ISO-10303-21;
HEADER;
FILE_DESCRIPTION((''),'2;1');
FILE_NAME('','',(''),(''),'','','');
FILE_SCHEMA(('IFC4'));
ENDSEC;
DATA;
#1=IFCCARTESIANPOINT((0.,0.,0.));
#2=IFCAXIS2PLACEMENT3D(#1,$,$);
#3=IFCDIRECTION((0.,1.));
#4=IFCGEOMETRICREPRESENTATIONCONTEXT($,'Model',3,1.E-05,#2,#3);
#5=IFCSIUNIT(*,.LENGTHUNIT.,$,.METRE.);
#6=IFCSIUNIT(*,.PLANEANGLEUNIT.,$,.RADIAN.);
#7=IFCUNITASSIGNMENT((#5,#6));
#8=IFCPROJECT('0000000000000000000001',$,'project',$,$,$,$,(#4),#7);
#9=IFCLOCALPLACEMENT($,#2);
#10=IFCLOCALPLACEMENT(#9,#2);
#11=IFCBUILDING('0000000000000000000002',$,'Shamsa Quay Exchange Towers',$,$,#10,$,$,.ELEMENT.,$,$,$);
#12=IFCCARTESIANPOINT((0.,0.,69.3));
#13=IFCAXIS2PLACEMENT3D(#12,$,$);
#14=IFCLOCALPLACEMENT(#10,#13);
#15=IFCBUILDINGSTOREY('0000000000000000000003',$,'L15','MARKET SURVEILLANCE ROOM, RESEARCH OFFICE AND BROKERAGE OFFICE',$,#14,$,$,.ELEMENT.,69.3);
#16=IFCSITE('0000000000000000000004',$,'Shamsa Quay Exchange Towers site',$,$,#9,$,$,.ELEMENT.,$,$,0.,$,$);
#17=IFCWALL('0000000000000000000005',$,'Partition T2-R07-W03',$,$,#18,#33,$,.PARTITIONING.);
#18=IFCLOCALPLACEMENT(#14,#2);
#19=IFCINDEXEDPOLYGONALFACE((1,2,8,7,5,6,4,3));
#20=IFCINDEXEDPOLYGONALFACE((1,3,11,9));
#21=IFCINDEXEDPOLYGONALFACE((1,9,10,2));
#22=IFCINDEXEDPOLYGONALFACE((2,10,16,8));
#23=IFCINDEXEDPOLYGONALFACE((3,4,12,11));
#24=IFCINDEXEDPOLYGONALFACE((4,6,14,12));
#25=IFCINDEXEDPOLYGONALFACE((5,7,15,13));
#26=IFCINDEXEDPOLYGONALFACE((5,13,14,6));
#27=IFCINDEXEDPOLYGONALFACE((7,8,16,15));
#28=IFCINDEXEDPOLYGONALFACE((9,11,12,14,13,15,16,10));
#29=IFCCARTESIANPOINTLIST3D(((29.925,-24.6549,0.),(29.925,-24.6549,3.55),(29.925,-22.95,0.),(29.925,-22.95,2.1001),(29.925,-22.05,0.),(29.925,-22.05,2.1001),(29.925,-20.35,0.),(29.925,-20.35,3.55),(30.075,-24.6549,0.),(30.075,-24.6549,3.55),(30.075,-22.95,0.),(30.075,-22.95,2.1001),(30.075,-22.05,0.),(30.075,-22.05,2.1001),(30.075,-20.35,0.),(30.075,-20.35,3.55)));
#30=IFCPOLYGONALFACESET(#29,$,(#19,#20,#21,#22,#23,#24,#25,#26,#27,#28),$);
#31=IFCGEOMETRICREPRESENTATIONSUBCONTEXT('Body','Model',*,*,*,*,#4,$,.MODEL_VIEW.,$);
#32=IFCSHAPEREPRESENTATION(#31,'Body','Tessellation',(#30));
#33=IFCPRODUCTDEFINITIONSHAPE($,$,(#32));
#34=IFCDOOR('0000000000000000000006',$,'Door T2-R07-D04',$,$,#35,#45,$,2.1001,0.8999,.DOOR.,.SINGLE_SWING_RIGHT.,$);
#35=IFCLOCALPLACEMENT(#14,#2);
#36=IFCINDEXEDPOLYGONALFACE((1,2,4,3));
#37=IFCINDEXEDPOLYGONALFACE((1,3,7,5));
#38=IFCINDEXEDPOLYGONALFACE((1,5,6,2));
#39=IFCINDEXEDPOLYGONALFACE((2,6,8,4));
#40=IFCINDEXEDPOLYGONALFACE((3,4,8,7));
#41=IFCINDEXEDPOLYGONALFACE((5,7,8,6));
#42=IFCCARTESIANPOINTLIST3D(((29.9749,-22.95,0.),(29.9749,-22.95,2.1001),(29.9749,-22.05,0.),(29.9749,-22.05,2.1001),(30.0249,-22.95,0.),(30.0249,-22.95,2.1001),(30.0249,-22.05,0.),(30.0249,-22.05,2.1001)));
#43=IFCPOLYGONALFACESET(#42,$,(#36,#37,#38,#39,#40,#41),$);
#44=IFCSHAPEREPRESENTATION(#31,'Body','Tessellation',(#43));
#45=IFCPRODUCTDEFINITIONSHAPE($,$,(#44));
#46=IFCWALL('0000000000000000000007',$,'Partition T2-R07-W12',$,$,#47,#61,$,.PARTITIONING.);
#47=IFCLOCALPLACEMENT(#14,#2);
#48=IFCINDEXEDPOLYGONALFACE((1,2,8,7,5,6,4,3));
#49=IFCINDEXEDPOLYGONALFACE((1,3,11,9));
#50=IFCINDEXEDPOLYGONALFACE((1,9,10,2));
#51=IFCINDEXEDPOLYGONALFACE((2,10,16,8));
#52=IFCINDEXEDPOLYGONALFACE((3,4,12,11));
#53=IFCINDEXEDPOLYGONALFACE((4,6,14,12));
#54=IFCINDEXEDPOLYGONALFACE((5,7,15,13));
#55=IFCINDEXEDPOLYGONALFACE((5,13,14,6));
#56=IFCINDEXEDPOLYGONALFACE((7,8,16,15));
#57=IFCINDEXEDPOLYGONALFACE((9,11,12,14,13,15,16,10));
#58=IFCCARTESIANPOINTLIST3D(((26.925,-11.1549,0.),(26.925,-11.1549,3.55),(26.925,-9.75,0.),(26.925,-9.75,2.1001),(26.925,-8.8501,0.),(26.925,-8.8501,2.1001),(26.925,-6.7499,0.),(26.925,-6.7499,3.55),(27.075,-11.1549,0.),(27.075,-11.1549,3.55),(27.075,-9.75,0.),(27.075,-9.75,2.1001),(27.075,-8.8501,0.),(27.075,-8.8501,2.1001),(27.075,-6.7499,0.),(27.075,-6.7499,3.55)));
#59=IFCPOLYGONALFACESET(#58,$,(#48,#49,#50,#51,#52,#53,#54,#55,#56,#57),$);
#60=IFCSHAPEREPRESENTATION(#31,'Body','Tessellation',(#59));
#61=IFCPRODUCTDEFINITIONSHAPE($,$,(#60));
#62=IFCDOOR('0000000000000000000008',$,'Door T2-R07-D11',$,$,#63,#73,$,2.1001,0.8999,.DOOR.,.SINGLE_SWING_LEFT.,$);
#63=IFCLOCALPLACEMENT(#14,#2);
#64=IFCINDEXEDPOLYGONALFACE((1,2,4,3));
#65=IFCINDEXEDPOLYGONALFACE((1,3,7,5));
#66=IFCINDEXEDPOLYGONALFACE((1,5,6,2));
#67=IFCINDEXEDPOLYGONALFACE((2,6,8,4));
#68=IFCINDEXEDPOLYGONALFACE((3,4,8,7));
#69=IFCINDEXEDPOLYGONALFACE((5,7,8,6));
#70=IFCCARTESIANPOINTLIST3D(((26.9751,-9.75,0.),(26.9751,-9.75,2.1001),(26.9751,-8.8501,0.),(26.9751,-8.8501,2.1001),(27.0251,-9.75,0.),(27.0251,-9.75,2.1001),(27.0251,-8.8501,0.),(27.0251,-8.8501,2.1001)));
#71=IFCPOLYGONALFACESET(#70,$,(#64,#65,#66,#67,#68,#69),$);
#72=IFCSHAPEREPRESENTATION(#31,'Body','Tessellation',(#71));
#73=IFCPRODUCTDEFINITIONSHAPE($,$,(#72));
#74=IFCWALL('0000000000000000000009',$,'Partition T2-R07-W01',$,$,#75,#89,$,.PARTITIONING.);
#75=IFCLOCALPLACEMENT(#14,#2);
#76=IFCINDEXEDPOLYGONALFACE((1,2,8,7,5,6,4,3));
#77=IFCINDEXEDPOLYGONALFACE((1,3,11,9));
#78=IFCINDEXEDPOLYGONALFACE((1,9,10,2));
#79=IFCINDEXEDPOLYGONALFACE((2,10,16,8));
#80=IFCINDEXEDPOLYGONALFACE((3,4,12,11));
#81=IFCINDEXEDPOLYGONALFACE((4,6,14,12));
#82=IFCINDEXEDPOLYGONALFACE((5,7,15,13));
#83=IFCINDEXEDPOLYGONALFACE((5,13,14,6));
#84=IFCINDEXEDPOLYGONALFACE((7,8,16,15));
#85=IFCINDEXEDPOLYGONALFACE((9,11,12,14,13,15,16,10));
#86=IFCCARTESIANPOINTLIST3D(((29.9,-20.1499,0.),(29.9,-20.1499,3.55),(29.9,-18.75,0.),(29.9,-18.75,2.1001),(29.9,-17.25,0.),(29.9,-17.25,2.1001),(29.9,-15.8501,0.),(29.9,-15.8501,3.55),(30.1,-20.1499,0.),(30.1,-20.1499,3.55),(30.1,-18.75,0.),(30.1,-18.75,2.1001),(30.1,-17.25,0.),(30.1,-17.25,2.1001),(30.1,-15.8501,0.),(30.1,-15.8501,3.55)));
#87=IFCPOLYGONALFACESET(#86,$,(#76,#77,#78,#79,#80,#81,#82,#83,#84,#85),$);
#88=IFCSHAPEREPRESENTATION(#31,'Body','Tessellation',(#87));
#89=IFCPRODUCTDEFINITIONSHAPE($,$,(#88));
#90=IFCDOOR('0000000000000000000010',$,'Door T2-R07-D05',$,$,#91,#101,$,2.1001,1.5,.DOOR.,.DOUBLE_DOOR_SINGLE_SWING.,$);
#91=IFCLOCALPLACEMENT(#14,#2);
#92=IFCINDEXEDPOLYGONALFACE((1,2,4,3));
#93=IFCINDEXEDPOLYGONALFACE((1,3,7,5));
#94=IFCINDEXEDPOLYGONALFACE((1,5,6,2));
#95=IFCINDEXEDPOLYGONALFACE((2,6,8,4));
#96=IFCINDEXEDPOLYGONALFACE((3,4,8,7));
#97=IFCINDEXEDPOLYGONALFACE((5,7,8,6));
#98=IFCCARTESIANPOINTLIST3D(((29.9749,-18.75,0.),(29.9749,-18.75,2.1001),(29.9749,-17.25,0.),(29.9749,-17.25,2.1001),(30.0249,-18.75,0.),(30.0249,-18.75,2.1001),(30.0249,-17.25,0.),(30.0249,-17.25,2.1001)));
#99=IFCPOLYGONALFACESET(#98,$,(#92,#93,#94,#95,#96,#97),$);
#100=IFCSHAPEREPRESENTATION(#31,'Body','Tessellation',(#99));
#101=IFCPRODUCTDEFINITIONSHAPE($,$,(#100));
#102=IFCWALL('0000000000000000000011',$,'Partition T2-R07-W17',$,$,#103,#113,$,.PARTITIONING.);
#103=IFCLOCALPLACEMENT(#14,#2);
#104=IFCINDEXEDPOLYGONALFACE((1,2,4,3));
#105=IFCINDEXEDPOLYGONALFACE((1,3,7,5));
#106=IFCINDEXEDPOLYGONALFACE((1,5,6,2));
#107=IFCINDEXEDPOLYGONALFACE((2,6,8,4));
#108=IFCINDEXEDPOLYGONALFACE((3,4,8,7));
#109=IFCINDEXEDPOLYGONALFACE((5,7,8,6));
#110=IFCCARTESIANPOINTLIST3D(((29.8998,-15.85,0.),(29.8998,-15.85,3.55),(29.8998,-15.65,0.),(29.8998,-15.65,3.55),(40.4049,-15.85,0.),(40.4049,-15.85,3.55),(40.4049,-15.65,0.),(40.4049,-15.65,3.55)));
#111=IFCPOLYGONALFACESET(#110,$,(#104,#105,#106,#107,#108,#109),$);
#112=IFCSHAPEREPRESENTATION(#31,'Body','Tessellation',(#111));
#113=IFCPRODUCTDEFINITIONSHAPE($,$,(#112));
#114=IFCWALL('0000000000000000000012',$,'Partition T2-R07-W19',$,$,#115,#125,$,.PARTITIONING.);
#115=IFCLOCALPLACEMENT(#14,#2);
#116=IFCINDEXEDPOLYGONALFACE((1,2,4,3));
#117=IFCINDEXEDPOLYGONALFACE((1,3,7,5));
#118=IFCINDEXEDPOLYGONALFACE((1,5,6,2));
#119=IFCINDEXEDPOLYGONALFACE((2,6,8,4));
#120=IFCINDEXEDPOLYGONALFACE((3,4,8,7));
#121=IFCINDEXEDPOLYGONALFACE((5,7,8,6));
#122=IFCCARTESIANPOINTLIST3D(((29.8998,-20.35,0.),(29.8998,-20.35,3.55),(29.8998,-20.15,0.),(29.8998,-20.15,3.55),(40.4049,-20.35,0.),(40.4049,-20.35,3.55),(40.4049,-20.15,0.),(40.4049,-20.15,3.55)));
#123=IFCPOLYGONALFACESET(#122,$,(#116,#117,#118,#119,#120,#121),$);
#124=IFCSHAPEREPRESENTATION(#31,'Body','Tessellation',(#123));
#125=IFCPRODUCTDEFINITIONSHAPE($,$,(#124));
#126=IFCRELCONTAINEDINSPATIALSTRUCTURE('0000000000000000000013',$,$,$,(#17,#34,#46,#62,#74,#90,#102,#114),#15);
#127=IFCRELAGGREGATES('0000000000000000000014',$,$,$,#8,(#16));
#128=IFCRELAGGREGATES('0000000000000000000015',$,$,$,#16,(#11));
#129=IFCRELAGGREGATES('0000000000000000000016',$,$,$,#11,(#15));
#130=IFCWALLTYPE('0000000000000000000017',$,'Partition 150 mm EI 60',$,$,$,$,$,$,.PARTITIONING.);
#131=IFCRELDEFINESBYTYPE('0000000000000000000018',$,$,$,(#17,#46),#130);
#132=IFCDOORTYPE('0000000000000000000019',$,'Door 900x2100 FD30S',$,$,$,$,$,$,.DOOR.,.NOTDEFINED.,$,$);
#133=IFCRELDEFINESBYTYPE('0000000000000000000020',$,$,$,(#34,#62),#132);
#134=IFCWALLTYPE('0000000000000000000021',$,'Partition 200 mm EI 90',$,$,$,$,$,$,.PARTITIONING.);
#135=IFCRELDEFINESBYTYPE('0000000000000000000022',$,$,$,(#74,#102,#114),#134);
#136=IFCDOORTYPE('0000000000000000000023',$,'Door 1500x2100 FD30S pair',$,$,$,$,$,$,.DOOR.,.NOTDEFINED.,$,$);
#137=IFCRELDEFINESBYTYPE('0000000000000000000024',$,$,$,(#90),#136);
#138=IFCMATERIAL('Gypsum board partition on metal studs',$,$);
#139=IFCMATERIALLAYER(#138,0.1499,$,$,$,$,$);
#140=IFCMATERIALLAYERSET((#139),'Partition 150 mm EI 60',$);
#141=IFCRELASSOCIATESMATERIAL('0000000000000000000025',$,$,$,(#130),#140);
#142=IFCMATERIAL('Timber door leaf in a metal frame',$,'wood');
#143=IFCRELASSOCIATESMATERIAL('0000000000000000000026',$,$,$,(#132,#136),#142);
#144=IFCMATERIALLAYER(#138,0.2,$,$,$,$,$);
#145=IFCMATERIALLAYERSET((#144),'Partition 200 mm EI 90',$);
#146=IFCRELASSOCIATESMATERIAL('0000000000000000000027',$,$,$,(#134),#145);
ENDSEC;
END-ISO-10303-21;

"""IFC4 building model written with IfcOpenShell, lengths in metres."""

from ifc_helpers import new_model, si_unit, direction, frame, frame_2d, origin, place, context, subcontext, project, spatial, rectangle, extrude, material, layer, layer_set, type_object, element, fill, save


model = new_model("IFC4")

# Units and contexts
model_context = context("Model", 3, precision=1e-05, world=origin(), true_north=direction((0.0, 1.0)))
body_context = subcontext(model_context, "Body", "Model", "MODEL_VIEW")
ifc_project = project(units=[si_unit("LENGTHUNIT", "METRE"), si_unit("PLANEANGLEUNIT", "RADIAN")], contexts=[model_context])

# Site, building, storey
site_placement = place(None, origin())
site = spatial("IfcSite", under=ifc_project, at=site_placement, Name="Shamsa Quay Exchange Towers site", CompositionType="ELEMENT", RefElevation=0.0)
building_placement = place(site_placement, origin())
building = spatial("IfcBuilding", under=site, at=building_placement, Name="Shamsa Quay Exchange Towers", CompositionType="ELEMENT")
storey_placement = place(building_placement, frame((0.0, 0.0, 69.3)))
storey = spatial("IfcBuildingStorey", under=building, at=storey_placement, Name="L15", Description="MARKET SURVEILLANCE ROOM, RESEARCH OFFICE AND BROKERAGE OFFICE", CompositionType="ELEMENT", Elevation=69.3)

# Walls, openings, doors
ifc_material_1 = material(Name="Gypsum board partition on metal studs")
ifc_layer_1 = layer(ifc_material_1, 0.1499)
ifc_layer_set_1 = layer_set([ifc_layer_1], Name="Partition 150 mm EI 60")
wall_type_1 = type_object("IfcWallType", Name="Partition 150 mm EI 60", PredefinedType="PARTITIONING", material=ifc_layer_set_1)
wall_1_placement = place(storey_placement, frame((30.0, -20.3501, 0.0), z_axis=(0.0, 0.0, 1.0), x_axis=(0.0, -1.0, 0.0)))
wall_1 = element("IfcWall", 1, at=wall_1_placement, inside=storey, type_object=wall_type_1, Name="Partition T2-R07-W03", PredefinedType="PARTITIONING", context=body_context, shape_type="SweptSolid", body=[
    extrude(rectangle(XDim=4.3049, YDim=0.1499, at=frame_2d((2.1523, 0.0))), origin(), (0.0, 0.0, 1.0), 3.55),
])
opening_1_placement = place(wall_1_placement, frame((1.7, 0.0, 0.0)))
opening_1 = element("IfcOpeningElement", 2, at=opening_1_placement, cuts=wall_1, PredefinedType="OPENING", context=body_context, shape_type="SweptSolid", body=[
    extrude(rectangle(XDim=0.8999, YDim=2.1001, at=frame_2d((0.45, 1.05))), frame((0.0, 0.085, 0.0), z_axis=(0.0, -1.0, 0.0), x_axis=(1.0, 0.0, 0.0)), (0.0, 0.0, 1.0), 0.1699),
])
ifc_material_2 = material(Name="Timber door leaf in a metal frame", Category="wood")
door_type_1 = type_object("IfcDoorType", Name="Door 900x2100 FD30S", OperationType="NOTDEFINED", PredefinedType="DOOR", material=ifc_material_2)
door_1_placement = place(opening_1_placement, origin())
door_1 = element("IfcDoor", 3, at=door_1_placement, inside=storey, type_object=door_type_1, Name="Door T2-R07-D04", OperationType="SINGLE_SWING_RIGHT", OverallHeight=2.1001, OverallWidth=0.8999, PredefinedType="DOOR", context=body_context, shape_type="SweptSolid", body=[
    extrude(rectangle(XDim=0.8999, YDim=2.1001, at=frame_2d((0.45, 1.05))), frame((0.0, 0.0249, 0.0), z_axis=(0.0, -1.0, 0.0), x_axis=(1.0, 0.0, 0.0)), (0.0, 0.0, 1.0), 0.05),
])
fill(opening_1, door_1)
wall_2_placement = place(storey_placement, frame((27.0, -11.155, 0.0), z_axis=(0.0, 0.0, 1.0), x_axis=(0.0, 1.0, 0.0)))
wall_2 = element("IfcWall", 4, at=wall_2_placement, inside=storey, type_object=wall_type_1, Name="Partition T2-R07-W12", PredefinedType="PARTITIONING", context=body_context, shape_type="SweptSolid", body=[
    extrude(rectangle(XDim=4.405, YDim=0.1499, at=frame_2d((2.2026, 0.0))), origin(), (0.0, 0.0, 1.0), 3.55),
])
opening_2_placement = place(wall_2_placement, frame((1.405, 0.0, 0.0)))
opening_2 = element("IfcOpeningElement", 5, at=opening_2_placement, cuts=wall_2, PredefinedType="OPENING", context=body_context, shape_type="SweptSolid", body=[
    extrude(rectangle(XDim=0.8999, YDim=2.1001, at=frame_2d((0.45, 1.05))), frame((0.0, 0.085, 0.0), z_axis=(0.0, -1.0, 0.0), x_axis=(1.0, 0.0, 0.0)), (0.0, 0.0, 1.0), 0.1699),
])
door_2_placement = place(opening_2_placement, origin())
door_2 = element("IfcDoor", 6, at=door_2_placement, inside=storey, type_object=door_type_1, Name="Door T2-R07-D11", OperationType="SINGLE_SWING_LEFT", OverallHeight=2.1001, OverallWidth=0.8999, PredefinedType="DOOR", context=body_context, shape_type="SweptSolid", body=[
    extrude(rectangle(XDim=0.8999, YDim=2.1001, at=frame_2d((0.45, 1.05))), frame((0.0, 0.0249, 0.0), z_axis=(0.0, -1.0, 0.0), x_axis=(1.0, 0.0, 0.0)), (0.0, 0.0, 1.0), 0.05),
])
fill(opening_2, door_2)
ifc_layer_2 = layer(ifc_material_1, 0.2)
ifc_layer_set_2 = layer_set([ifc_layer_2], Name="Partition 200 mm EI 90")
wall_type_2 = type_object("IfcWallType", Name="Partition 200 mm EI 90", PredefinedType="PARTITIONING", material=ifc_layer_set_2)
wall_3_placement = place(storey_placement, frame((30.0, -15.8501, 0.0), z_axis=(0.0, 0.0, 1.0), x_axis=(0.0, -1.0, 0.0)))
wall_3 = element("IfcWall", 7, at=wall_3_placement, inside=storey, type_object=wall_type_2, Name="Partition T2-R07-W01", PredefinedType="PARTITIONING", context=body_context, shape_type="SweptSolid", body=[
    extrude(rectangle(XDim=4.2998, YDim=0.2, at=frame_2d((2.1499, 0.0))), origin(), (0.0, 0.0, 1.0), 3.55),
])
opening_3_placement = place(wall_3_placement, frame((1.3999, 0.0, 0.0)))
opening_3 = element("IfcOpeningElement", 8, at=opening_3_placement, cuts=wall_3, PredefinedType="OPENING", context=body_context, shape_type="SweptSolid", body=[
    extrude(rectangle(XDim=1.5, YDim=2.1001, at=frame_2d((0.75, 1.05))), frame((0.0, 0.1099, 0.0), z_axis=(0.0, -1.0, 0.0), x_axis=(1.0, 0.0, 0.0)), (0.0, 0.0, 1.0), 0.22),
])
door_type_2 = type_object("IfcDoorType", Name="Door 1500x2100 FD30S pair", OperationType="NOTDEFINED", PredefinedType="DOOR", material=ifc_material_2)
door_3_placement = place(opening_3_placement, origin())
door_3 = element("IfcDoor", 9, at=door_3_placement, inside=storey, type_object=door_type_2, Name="Door T2-R07-D05", OperationType="DOUBLE_DOOR_SINGLE_SWING", OverallHeight=2.1001, OverallWidth=1.5, PredefinedType="DOOR", context=body_context, shape_type="SweptSolid", body=[
    extrude(rectangle(XDim=1.5, YDim=2.1001, at=frame_2d((0.75, 1.05))), frame((0.0, 0.0249, 0.0), z_axis=(0.0, -1.0, 0.0), x_axis=(1.0, 0.0, 0.0)), (0.0, 0.0, 1.0), 0.05),
])
fill(opening_3, door_3)

# Walls
for number, where, name in (
    (10, (29.8999, -15.75, 0.0), "Partition T2-R07-W17"),
    (11, (29.8999, -20.25, 0.0), "Partition T2-R07-W19"),
):
    element("IfcWall", number, at=place(storey_placement, frame(where)), inside=storey, type_object=wall_type_2, Name=name, PredefinedType="PARTITIONING", context=body_context, shape_type="SweptSolid", body=[
        extrude(rectangle(XDim=10.5051, YDim=0.2, at=frame_2d((5.2524, 0.0))), origin(), (0.0, 0.0, 1.0), 3.55),
    ])

save(model, "model.ifc")
